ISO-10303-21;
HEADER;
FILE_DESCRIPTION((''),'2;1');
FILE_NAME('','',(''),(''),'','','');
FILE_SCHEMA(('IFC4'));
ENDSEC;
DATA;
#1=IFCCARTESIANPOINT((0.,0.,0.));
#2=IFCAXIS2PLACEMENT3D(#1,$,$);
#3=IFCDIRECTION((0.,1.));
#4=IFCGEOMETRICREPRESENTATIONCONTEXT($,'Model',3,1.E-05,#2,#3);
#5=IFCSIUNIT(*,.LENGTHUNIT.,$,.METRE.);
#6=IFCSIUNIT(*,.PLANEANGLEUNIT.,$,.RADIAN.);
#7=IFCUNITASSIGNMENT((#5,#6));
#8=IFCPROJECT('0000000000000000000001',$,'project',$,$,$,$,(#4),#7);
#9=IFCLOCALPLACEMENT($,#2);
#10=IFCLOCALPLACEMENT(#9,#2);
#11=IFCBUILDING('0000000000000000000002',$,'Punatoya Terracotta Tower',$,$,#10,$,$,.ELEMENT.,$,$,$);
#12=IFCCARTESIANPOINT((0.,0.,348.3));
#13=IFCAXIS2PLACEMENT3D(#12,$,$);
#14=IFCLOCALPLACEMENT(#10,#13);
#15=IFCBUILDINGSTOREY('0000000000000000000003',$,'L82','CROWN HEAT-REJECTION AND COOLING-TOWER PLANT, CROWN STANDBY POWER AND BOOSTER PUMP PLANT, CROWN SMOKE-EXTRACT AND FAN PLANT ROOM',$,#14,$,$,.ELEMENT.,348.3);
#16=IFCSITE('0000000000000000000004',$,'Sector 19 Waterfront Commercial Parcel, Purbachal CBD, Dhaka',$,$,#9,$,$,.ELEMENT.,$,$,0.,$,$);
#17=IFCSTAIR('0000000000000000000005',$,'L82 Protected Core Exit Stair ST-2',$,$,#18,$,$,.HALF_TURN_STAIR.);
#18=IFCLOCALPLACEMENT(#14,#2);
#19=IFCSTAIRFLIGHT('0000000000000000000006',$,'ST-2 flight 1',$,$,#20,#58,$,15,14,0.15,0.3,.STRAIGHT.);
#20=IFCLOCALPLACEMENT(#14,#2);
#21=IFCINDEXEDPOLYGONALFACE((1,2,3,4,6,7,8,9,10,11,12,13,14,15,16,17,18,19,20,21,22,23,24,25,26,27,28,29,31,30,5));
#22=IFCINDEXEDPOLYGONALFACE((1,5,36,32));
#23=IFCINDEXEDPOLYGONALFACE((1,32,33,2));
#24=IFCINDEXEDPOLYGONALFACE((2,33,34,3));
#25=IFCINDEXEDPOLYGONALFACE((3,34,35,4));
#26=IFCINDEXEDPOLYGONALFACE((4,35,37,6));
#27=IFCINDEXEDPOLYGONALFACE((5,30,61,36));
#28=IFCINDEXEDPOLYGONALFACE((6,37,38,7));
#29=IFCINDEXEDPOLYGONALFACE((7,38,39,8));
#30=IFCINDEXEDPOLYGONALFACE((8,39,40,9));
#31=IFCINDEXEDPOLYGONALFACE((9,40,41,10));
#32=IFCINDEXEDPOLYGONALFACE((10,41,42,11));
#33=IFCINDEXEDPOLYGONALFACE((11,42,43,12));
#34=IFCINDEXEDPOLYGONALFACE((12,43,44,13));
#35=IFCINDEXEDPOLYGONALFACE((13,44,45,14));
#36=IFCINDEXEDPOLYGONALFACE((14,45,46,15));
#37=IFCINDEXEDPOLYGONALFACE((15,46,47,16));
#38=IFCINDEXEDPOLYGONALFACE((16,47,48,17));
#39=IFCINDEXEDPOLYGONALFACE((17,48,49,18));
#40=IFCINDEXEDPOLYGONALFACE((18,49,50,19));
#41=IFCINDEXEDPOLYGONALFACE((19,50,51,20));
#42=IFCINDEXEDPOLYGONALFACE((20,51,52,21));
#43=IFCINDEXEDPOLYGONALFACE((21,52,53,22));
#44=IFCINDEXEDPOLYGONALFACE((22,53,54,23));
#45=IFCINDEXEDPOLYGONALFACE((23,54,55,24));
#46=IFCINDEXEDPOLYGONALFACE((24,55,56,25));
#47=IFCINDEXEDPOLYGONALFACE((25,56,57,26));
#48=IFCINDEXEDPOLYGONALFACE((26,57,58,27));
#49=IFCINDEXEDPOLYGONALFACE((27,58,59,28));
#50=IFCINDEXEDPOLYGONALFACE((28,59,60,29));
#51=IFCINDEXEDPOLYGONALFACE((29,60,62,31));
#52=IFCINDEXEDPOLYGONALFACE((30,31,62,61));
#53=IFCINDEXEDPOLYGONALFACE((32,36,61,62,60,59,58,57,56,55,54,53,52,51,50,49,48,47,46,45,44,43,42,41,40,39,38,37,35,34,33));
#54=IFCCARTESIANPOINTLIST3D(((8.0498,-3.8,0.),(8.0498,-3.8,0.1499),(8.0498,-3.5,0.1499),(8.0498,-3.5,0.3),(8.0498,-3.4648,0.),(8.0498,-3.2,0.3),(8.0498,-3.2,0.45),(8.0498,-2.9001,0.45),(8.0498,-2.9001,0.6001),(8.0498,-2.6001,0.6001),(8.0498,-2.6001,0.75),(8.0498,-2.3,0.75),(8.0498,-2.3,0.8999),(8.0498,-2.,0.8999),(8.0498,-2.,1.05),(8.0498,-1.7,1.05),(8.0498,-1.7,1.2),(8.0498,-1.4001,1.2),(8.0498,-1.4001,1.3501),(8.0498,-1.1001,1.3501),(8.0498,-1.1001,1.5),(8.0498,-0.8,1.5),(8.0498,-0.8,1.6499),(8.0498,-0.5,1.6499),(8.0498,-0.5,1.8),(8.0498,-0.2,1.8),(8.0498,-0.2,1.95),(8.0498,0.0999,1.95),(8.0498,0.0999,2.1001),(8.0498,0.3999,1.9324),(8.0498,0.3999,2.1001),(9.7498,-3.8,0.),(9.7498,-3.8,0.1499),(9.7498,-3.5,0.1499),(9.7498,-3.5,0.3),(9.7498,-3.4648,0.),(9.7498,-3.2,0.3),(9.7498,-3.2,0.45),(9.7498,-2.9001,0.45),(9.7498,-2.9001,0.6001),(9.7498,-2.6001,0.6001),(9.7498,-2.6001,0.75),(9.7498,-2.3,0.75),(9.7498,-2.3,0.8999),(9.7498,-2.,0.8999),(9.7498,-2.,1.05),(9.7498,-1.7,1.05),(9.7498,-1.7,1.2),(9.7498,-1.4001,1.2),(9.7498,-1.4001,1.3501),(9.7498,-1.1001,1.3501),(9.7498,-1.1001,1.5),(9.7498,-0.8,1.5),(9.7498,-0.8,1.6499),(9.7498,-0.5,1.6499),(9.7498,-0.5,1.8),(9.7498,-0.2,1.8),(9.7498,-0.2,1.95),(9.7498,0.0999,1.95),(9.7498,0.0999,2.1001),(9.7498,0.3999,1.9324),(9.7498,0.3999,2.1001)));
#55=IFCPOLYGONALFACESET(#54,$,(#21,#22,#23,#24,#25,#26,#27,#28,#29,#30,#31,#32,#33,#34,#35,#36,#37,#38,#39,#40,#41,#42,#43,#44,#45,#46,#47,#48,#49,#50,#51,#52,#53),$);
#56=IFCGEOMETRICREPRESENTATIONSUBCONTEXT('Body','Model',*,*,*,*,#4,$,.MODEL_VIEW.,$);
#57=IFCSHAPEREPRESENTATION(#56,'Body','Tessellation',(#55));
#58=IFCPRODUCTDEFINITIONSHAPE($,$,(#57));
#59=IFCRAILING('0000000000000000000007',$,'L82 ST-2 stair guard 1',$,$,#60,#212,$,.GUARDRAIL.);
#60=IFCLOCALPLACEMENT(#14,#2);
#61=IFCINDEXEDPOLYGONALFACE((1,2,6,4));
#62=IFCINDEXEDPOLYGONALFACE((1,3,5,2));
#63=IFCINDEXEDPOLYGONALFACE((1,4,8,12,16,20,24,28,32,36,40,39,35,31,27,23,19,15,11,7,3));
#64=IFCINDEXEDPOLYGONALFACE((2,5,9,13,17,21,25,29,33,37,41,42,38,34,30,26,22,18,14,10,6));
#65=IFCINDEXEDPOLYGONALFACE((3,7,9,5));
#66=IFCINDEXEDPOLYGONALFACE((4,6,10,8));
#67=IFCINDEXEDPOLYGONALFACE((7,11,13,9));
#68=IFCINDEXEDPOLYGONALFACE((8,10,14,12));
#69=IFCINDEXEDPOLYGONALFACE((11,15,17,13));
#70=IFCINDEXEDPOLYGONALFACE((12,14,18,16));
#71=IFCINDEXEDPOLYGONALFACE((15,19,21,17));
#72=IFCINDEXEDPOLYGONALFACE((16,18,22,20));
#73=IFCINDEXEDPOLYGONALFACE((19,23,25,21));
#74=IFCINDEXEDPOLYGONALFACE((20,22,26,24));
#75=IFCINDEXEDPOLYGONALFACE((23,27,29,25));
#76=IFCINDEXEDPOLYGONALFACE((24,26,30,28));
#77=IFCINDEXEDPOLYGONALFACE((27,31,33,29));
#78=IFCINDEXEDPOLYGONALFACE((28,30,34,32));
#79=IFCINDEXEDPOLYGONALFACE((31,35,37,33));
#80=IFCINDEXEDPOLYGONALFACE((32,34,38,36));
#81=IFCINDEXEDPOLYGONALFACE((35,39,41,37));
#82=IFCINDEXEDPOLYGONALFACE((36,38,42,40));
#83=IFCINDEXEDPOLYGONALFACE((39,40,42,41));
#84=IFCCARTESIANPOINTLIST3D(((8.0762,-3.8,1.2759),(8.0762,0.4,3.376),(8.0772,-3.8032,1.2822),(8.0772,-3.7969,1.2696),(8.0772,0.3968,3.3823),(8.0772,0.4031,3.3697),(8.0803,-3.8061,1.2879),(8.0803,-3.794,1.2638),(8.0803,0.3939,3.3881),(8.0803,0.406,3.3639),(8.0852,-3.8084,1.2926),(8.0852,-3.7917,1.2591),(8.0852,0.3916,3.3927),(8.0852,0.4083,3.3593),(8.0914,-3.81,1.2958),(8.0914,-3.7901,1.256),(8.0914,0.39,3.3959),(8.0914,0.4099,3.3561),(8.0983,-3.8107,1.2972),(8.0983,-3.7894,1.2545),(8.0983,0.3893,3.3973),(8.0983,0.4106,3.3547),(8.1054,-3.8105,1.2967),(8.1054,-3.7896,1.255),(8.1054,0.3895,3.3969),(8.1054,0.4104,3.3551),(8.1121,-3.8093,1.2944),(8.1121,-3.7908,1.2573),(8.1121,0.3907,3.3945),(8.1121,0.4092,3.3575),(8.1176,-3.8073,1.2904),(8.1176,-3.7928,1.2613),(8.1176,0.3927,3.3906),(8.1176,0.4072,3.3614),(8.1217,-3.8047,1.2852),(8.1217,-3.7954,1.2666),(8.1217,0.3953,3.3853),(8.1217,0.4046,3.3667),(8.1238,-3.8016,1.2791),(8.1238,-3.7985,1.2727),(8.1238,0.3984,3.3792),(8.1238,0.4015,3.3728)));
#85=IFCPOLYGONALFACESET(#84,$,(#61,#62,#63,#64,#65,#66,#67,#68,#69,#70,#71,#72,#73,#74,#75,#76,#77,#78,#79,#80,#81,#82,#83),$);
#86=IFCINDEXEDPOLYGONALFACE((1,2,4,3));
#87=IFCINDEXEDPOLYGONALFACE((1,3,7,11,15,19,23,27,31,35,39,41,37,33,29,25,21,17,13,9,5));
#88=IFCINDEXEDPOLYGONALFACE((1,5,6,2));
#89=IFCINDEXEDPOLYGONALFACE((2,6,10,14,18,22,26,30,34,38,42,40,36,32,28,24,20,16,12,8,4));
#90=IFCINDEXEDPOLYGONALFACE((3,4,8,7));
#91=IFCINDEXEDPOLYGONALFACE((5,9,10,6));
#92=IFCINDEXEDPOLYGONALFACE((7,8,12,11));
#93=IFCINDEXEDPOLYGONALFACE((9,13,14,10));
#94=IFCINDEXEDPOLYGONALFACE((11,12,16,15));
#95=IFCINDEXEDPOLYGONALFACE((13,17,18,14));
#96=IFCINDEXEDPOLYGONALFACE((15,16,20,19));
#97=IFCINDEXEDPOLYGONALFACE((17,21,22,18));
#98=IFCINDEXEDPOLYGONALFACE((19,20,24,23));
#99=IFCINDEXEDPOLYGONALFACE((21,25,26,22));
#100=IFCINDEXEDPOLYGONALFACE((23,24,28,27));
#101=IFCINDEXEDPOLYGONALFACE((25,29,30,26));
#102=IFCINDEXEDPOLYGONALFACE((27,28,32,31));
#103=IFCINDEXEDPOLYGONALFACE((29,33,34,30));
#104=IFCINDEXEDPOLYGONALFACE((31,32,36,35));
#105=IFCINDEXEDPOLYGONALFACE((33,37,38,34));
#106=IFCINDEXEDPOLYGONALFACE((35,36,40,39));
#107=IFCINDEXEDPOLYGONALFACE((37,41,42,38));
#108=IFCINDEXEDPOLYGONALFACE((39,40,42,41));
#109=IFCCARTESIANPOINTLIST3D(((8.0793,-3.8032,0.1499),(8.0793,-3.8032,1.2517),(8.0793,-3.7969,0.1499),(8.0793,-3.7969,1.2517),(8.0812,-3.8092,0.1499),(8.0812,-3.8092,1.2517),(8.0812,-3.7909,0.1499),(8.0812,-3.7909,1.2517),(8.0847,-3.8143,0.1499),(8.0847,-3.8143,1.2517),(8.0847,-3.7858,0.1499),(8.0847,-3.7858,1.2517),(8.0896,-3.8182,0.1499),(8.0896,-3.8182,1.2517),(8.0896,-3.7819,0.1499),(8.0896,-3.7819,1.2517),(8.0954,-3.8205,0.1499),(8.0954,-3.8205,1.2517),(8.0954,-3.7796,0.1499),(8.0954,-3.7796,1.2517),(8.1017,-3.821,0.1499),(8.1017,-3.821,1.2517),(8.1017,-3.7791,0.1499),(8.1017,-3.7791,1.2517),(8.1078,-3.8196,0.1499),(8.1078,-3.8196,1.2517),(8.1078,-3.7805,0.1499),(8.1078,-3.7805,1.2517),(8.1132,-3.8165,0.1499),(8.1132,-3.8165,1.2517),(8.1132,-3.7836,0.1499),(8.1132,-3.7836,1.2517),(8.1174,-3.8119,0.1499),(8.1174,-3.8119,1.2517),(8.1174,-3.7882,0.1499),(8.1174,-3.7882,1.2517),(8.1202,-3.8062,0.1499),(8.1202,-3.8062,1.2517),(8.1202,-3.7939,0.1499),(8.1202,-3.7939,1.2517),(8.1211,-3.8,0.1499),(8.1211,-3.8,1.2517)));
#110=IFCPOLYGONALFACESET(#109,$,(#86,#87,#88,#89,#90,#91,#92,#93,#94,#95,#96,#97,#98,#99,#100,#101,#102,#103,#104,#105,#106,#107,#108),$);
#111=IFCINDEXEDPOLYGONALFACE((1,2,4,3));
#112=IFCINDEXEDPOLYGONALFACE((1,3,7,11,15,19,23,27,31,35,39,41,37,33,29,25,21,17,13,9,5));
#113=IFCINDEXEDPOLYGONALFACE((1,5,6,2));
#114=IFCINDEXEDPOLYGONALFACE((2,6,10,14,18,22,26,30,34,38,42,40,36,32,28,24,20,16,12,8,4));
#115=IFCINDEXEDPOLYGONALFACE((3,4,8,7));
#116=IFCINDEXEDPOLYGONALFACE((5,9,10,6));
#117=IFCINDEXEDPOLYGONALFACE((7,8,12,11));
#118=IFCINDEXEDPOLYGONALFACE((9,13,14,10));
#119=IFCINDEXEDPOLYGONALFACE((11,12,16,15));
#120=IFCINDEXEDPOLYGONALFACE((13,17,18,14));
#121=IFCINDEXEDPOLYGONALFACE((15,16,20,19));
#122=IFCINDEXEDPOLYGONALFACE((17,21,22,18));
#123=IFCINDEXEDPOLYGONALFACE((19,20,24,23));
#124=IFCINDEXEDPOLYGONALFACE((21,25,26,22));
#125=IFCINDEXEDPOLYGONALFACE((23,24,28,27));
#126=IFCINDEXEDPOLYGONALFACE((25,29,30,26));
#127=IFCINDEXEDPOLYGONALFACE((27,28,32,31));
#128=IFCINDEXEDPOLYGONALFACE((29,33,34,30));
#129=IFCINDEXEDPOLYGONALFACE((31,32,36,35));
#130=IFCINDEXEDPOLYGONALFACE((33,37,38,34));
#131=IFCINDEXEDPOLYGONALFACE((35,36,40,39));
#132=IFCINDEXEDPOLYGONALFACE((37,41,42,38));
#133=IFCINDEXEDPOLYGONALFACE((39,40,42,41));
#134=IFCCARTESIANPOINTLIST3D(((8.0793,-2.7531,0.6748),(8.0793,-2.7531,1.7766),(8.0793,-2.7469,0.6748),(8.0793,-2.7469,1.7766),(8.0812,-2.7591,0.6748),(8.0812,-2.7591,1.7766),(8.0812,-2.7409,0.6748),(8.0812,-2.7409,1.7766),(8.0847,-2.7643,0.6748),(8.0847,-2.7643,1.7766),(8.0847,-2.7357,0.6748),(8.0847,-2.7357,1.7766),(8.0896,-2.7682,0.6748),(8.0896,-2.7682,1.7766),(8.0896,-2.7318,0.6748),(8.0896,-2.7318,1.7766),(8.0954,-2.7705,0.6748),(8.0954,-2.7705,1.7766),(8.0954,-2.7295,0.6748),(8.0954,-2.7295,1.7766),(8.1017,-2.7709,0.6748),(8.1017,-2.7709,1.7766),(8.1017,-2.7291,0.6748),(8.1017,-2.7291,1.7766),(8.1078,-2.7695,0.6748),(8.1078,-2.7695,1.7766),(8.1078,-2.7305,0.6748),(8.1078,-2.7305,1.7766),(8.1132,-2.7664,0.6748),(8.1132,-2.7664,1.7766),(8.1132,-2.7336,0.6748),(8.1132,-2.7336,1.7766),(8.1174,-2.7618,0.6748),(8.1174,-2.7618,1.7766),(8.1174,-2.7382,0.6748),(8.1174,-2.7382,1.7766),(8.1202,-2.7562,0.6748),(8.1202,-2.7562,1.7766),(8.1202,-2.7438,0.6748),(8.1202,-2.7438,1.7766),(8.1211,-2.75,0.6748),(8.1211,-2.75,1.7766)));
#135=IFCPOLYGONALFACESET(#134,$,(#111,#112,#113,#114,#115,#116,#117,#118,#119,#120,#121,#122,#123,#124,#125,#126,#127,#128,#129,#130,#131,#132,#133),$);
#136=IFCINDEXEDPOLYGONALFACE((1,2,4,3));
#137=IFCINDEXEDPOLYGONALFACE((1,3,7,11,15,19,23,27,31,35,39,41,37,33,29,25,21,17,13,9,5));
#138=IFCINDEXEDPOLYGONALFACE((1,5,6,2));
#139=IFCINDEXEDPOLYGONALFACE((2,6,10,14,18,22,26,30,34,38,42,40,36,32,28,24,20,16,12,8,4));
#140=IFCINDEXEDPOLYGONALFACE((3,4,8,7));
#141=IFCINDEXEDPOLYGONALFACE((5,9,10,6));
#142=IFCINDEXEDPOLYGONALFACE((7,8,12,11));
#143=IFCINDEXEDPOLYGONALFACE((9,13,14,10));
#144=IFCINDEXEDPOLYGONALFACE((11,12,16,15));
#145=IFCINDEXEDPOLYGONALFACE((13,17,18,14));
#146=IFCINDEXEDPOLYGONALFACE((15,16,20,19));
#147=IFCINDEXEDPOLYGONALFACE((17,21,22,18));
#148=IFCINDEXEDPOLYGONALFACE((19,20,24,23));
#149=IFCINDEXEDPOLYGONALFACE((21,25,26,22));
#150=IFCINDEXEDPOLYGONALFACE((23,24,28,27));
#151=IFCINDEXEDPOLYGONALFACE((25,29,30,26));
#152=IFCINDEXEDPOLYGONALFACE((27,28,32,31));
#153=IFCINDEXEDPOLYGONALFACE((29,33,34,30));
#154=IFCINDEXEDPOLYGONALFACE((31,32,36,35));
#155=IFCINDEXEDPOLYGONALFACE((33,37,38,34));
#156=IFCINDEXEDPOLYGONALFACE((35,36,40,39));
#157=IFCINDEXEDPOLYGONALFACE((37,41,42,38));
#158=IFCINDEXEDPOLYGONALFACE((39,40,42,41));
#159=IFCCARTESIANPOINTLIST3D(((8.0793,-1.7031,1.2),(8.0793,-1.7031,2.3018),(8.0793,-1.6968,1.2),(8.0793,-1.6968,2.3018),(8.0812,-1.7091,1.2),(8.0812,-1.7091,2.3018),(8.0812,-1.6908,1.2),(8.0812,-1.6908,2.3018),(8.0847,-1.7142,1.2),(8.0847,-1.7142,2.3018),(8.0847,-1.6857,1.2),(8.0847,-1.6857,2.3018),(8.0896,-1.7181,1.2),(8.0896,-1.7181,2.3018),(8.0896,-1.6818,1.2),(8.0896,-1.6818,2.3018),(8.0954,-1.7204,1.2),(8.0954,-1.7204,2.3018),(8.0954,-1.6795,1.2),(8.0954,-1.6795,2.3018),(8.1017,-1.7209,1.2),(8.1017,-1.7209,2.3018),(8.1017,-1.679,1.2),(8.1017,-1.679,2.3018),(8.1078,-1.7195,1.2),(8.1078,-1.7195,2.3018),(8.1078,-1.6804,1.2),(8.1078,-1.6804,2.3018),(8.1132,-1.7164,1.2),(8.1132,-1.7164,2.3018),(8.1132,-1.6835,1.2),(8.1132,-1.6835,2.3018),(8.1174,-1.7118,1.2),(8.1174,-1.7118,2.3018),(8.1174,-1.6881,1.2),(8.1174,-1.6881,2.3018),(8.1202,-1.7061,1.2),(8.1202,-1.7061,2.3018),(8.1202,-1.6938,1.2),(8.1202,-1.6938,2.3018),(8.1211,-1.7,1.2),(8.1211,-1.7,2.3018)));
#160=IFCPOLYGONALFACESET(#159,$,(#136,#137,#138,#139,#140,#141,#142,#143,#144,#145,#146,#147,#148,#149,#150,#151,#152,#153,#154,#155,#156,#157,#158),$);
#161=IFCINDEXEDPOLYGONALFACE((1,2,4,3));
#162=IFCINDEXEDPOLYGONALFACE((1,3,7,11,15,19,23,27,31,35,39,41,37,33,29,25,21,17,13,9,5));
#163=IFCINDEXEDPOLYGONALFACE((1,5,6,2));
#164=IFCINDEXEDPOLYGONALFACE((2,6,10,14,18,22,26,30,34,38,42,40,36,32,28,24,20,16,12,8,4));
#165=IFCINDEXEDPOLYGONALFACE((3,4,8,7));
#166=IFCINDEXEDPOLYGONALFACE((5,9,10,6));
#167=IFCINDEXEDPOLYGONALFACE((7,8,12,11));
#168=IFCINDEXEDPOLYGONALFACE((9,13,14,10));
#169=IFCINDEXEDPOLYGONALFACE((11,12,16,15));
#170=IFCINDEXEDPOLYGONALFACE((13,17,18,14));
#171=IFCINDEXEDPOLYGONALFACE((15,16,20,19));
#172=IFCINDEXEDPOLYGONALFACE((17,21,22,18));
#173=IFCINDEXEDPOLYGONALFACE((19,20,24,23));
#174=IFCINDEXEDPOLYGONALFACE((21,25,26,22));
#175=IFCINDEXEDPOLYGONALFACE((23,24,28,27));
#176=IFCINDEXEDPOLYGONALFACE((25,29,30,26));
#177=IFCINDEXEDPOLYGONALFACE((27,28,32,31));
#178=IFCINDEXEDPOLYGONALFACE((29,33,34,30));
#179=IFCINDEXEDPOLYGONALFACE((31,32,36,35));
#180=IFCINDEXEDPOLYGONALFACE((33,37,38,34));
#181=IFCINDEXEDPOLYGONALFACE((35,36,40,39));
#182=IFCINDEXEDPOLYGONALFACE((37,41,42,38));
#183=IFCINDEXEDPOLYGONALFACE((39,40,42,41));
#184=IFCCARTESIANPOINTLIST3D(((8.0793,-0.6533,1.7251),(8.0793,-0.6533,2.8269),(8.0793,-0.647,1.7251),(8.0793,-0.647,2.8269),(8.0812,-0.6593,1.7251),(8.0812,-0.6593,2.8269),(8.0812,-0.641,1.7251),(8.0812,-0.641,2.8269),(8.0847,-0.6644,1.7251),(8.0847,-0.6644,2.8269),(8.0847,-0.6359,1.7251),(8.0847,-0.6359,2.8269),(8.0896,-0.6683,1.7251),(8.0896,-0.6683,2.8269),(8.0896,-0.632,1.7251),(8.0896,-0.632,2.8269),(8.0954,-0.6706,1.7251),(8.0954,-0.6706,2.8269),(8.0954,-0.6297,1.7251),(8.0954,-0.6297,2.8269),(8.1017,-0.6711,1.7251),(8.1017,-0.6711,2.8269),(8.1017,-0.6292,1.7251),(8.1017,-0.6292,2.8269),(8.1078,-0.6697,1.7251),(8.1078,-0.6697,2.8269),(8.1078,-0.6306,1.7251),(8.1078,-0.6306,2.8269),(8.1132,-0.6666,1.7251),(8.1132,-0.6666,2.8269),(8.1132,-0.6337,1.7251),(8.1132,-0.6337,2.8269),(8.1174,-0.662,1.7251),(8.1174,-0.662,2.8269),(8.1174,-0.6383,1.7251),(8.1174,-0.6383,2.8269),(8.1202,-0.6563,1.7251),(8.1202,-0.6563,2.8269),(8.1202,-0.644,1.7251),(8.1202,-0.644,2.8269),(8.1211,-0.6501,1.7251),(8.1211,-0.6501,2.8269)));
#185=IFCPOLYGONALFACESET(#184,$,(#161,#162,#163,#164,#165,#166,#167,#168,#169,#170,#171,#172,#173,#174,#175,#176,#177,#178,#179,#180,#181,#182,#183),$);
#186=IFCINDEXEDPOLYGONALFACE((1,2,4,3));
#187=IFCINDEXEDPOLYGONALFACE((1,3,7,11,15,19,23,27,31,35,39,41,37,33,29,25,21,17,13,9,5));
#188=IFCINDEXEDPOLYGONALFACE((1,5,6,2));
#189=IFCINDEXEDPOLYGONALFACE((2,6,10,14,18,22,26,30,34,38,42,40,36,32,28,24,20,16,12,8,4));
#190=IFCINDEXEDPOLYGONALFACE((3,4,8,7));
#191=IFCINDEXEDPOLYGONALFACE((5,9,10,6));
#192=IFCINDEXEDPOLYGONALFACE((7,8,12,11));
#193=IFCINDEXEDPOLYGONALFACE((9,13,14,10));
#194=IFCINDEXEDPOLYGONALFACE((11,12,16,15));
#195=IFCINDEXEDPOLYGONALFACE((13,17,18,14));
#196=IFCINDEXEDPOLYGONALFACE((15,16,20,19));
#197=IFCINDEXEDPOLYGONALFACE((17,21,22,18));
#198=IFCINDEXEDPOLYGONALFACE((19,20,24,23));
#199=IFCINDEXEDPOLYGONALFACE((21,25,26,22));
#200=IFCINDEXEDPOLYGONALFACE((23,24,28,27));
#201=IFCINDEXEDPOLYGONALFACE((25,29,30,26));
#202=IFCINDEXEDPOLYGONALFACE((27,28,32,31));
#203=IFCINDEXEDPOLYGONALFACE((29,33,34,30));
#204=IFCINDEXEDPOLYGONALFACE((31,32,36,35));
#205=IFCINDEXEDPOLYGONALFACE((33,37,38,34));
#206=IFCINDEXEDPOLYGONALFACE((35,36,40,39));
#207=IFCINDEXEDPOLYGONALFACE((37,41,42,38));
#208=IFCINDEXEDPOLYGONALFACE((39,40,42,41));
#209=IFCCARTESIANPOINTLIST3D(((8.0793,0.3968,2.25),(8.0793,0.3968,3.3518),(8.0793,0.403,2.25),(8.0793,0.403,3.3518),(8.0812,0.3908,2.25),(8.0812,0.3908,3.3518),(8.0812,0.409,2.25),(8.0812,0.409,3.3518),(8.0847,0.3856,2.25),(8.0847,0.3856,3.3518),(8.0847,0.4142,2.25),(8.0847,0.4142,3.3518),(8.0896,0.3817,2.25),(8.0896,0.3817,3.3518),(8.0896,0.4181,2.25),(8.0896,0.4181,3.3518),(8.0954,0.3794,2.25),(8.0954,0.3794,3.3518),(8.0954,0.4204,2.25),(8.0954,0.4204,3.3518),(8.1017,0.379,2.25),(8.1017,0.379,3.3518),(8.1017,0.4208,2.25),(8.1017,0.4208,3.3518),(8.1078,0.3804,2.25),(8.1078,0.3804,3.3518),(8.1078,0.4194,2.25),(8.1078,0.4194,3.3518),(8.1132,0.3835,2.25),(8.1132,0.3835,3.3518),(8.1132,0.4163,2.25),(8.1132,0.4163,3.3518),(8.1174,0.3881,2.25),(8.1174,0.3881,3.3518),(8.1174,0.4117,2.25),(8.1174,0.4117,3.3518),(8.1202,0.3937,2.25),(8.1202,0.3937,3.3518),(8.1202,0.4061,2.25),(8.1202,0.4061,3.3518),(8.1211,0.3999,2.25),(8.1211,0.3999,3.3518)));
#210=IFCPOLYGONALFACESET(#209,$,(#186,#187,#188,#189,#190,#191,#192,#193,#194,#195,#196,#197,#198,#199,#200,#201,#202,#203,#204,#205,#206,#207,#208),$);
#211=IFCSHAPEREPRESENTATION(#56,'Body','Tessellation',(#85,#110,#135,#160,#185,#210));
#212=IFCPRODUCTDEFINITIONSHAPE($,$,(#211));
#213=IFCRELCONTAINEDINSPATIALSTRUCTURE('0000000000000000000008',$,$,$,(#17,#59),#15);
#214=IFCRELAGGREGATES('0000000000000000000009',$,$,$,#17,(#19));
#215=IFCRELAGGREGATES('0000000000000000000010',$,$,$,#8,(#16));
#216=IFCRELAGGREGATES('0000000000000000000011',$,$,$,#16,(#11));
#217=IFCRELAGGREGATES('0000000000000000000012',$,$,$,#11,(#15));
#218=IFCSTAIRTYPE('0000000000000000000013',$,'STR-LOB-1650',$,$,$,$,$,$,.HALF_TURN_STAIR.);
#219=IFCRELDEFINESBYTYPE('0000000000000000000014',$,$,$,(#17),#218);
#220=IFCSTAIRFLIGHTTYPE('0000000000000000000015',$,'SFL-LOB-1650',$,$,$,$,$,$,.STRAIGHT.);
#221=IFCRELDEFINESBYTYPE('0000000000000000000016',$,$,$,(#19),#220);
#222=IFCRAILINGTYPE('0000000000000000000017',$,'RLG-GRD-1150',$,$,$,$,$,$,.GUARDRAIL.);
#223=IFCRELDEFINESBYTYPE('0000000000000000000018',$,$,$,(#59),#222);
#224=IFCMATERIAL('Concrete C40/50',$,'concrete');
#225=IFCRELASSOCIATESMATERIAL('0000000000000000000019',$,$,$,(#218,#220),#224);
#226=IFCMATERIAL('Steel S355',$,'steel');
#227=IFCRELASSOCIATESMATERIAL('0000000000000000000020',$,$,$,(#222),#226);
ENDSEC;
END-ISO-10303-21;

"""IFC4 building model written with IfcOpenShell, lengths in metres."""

from ifc_helpers import new_model, si_unit, direction, frame, origin, origin_2d, place, context, subcontext, project, spatial, polyline, circle, outline, extrude, material, type_object, element, aggregate, save


model = new_model("IFC4")

# Units and contexts
model_context = context("Model", 3, precision=1e-05, world=origin(), true_north=direction((0.0, 1.0)))
body_context = subcontext(model_context, "Body", "Model", "MODEL_VIEW")
ifc_project = project(units=[si_unit("LENGTHUNIT", "METRE"), si_unit("PLANEANGLEUNIT", "RADIAN")], contexts=[model_context])

# Site, building, storey
site_placement = place(None, origin())
site = spatial("IfcSite", under=ifc_project, at=site_placement, Name="Sector 19 Waterfront Commercial Parcel, Purbachal CBD, Dhaka", CompositionType="ELEMENT", RefElevation=0.0)
building_placement = place(site_placement, origin())
building = spatial("IfcBuilding", under=site, at=building_placement, Name="Punatoya Terracotta Tower", CompositionType="ELEMENT")
storey_placement = place(building_placement, frame((0.0, 0.0, 348.3)))
storey = spatial("IfcBuildingStorey", under=building, at=storey_placement, Name="L82", Description="CROWN HEAT-REJECTION AND COOLING-TOWER PLANT, CROWN STANDBY POWER AND BOOSTER PUMP PLANT, CROWN SMOKE-EXTRACT AND FAN PLANT ROOM", CompositionType="ELEMENT", Elevation=348.3)

# Stair
ifc_material_1 = material(Name="Concrete C40/50", Category="concrete")
stair_type_1 = type_object("IfcStairType", Name="STR-LOB-1650", PredefinedType="HALF_TURN_STAIR", material=ifc_material_1)
stair_1_placement = place(storey_placement, origin())
stair_1 = element("IfcStair", 1, at=stair_1_placement, inside=storey, type_object=stair_type_1, Name="L82 Protected Core Exit Stair ST-2", PredefinedType="HALF_TURN_STAIR")

# Stair flight
stair_flight_type = type_object("IfcStairFlightType", Name="SFL-LOB-1650", PredefinedType="STRAIGHT", material=ifc_material_1)
stair_flight_placement = place(storey_placement, frame((8.8999, -3.8, 0.0), z_axis=(0.0, 0.0, 1.0), x_axis=(0.0, 1.0, 0.0)))
stair_flight = element("IfcStairFlight", 2, at=stair_flight_placement, type_object=stair_flight_type, Name="ST-2 flight 1", NumberOfRisers=15, NumberOfTreads=14, PredefinedType="STRAIGHT", RiserHeight=0.15, TreadLength=0.3, context=body_context, shape_type="SweptSolid", body=[
    extrude(outline(polyline([(0.0, 0.0), (0.0, 0.1499), (0.3, 0.1499), (0.3, 0.3), (0.6001, 0.3), (0.6001, 0.45), (0.8999, 0.45), (0.8999, 0.6001), (1.2, 0.6001), (1.2, 0.75), (1.5, 0.75), (1.5, 0.8999), (1.8, 0.8999), (1.8, 1.05), (2.1001, 1.05), (2.1001, 1.2), (2.3999, 1.2), (2.3999, 1.3501), (2.7, 1.3501), (2.7, 1.5), (3.0, 1.5), (3.0, 1.6499), (3.3, 1.6499), (3.3, 1.8), (3.6001, 1.8), (3.6001, 1.95), (3.8999, 1.95), (3.8999, 2.1001), (4.2, 2.1001), (4.2, 2.25), (4.2, 1.9324), (0.3352, 0.0), (0.0, 0.0)])), frame((0.0, 0.8501, 0.0), z_axis=(0.0, -1.0, 0.0), x_axis=(1.0, 0.0, 0.0)), (0.0, 0.0, 1.0), 1.7),
])
aggregate(stair_1, [stair_flight])

# Railing
ifc_material_2 = material(Name="Steel S355", Category="steel")
railing_type_1 = type_object("IfcRailingType", Name="RLG-GRD-1150", PredefinedType="GUARDRAIL", material=ifc_material_2)
railing_1_placement = place(storey_placement, frame((8.1001, -3.8, 0.1499)))
element("IfcRailing", 3, at=railing_1_placement, inside=storey, type_object=railing_type_1, Name="L82 ST-2 stair guard 1", PredefinedType="GUARDRAIL", context=body_context, shape_type="SweptSolid", body=[
    extrude(circle(Radius=0.0239, at=origin_2d()), frame((0.0, 0.0, 1.126), z_axis=(0.0, 0.894417, 0.447234), x_axis=(-1.0, 0.0, 0.0)), (0.0, 0.0, 1.0), 4.6958),
    extrude(circle(Radius=0.021, at=origin_2d()), origin(), (0.0, 0.0, 1.0), 1.1018),
    extrude(circle(Radius=0.021, at=origin_2d()), frame((0.0, 1.05, 0.5249)), (0.0, 0.0, 1.0), 1.1018),
    extrude(circle(Radius=0.021, at=origin_2d()), frame((0.0, 2.1001, 1.05)), (0.0, 0.0, 1.0), 1.1018),
    extrude(circle(Radius=0.021, at=origin_2d()), frame((0.0, 3.1499, 1.5752)), (0.0, 0.0, 1.0), 1.1018),
    extrude(circle(Radius=0.021, at=origin_2d()), frame((0.0, 4.2, 2.1001)), (0.0, 0.0, 1.0), 1.1018),
])

save(model, "model.ifc")
